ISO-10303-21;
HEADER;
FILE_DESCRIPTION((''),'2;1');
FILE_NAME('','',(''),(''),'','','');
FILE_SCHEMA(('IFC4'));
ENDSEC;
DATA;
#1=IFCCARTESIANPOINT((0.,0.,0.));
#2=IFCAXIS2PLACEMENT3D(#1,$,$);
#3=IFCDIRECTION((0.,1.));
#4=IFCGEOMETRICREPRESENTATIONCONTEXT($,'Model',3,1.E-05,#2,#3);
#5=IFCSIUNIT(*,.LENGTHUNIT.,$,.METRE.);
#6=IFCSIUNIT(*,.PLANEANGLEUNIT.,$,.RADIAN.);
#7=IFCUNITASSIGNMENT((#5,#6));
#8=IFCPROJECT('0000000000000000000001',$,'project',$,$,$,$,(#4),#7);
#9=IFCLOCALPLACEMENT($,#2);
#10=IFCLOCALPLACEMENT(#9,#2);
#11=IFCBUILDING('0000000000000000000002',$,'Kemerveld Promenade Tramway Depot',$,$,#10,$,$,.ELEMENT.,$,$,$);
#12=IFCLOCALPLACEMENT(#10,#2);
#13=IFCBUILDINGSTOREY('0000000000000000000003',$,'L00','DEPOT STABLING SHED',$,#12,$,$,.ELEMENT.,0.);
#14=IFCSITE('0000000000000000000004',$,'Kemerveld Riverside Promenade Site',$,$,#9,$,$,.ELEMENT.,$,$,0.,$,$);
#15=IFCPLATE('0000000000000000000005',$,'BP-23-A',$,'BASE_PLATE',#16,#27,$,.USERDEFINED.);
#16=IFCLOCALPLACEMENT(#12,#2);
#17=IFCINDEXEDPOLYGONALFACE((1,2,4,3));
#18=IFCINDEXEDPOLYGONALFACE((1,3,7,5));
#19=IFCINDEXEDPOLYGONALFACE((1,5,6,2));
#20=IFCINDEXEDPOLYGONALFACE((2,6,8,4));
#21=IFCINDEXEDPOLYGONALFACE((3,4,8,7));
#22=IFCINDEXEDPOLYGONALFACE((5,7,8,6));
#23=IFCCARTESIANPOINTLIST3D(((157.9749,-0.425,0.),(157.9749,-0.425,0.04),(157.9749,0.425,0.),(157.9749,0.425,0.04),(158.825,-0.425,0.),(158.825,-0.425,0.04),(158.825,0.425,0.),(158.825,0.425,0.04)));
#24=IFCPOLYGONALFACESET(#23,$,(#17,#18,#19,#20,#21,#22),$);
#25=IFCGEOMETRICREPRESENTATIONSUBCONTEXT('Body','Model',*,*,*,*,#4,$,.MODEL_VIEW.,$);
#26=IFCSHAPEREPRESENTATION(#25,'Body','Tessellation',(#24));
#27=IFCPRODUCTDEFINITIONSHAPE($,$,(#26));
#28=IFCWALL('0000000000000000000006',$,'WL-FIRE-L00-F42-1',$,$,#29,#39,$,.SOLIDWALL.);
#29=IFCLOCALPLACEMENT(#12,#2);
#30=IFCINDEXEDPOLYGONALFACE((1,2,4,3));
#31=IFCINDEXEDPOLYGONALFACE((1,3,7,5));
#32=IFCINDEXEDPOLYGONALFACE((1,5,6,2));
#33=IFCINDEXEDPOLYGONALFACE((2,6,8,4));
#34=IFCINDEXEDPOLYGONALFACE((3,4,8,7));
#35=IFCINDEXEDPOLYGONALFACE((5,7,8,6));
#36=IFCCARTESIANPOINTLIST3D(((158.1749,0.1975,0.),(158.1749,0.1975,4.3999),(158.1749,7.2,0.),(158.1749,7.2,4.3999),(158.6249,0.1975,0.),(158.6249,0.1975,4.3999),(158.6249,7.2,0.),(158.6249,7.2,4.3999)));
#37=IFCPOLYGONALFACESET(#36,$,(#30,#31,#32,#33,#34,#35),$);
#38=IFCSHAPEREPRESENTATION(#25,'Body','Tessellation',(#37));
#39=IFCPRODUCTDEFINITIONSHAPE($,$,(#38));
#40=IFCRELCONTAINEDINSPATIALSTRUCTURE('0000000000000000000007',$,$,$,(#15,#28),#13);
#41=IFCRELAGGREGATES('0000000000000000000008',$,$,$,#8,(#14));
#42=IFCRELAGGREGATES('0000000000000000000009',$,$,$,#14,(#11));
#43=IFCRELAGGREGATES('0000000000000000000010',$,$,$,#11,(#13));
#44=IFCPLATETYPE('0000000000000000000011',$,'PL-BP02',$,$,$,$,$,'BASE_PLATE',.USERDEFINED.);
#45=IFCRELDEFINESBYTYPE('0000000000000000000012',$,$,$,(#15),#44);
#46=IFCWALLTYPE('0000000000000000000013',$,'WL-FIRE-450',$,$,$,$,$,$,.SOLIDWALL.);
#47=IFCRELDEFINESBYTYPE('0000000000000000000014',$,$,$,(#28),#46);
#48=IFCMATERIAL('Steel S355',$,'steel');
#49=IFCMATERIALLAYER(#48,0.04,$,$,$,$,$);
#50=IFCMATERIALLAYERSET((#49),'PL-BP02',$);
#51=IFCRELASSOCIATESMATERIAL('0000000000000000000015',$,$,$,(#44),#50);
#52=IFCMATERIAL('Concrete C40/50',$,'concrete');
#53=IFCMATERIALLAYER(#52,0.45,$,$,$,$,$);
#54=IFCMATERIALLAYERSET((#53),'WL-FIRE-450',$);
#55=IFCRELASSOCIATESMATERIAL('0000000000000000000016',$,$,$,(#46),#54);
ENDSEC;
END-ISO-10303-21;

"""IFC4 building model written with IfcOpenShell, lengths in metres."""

from ifc_helpers import new_model, si_unit, direction, frame, frame_2d, origin, origin_2d, place, context, subcontext, project, spatial, rectangle, extrude, material, layer, layer_set, type_object, element, save


model = new_model("IFC4")

# Units and contexts
model_context = context("Model", 3, precision=1e-05, world=origin(), true_north=direction((0.0, 1.0)))
body_context = subcontext(model_context, "Body", "Model", "MODEL_VIEW")
ifc_project = project(units=[si_unit("LENGTHUNIT", "METRE"), si_unit("PLANEANGLEUNIT", "RADIAN")], contexts=[model_context])

# Site, building, storey
site_placement = place(None, origin())
site = spatial("IfcSite", under=ifc_project, at=site_placement, Name="Kemerveld Riverside Promenade Site", CompositionType="ELEMENT", RefElevation=0.0)
building_placement = place(site_placement, origin())
building = spatial("IfcBuilding", under=site, at=building_placement, Name="Kemerveld Promenade Tramway Depot", CompositionType="ELEMENT")
storey_placement = place(building_placement, origin())
storey = spatial("IfcBuildingStorey", under=building, at=storey_placement, Name="L00", Description="DEPOT STABLING SHED", CompositionType="ELEMENT", Elevation=0.0)

# Shared definitions
ifc_material_1 = material(Name="Concrete C40/50", Category="concrete")
ifc_material_2 = material(Name="Steel S355", Category="steel")

# Plate
ifc_layer_1 = layer(ifc_material_2, 0.04)
ifc_layer_set_1 = layer_set([ifc_layer_1], Name="PL-BP02")
plate_type_1 = type_object("IfcPlateType", Name="PL-BP02", ElementType="BASE_PLATE", PredefinedType="USERDEFINED", material=ifc_layer_set_1)
plate_1_placement = place(storey_placement, frame((158.3999, 0.0, 0.0), z_axis=(0.0, 0.0, 1.0), x_axis=(1.0, 0.0, 0.0)))
element("IfcPlate", 1, at=plate_1_placement, inside=storey, type_object=plate_type_1, Name="BP-23-A", ObjectType="BASE_PLATE", PredefinedType="USERDEFINED", context=body_context, shape_type="SweptSolid", body=[
    extrude(rectangle(XDim=0.8501, YDim=0.8501, at=origin_2d()), origin(), (0.0, 0.0, 1.0), 0.04),
])

# Wall
ifc_layer_2 = layer(ifc_material_1, 0.45)
ifc_layer_set_2 = layer_set([ifc_layer_2], Name="WL-FIRE-450")
wall_type = type_object("IfcWallType", Name="WL-FIRE-450", PredefinedType="SOLIDWALL", material=ifc_layer_set_2)
wall_placement = place(storey_placement, frame((158.3999, 0.1975, 0.0), z_axis=(0.0, 0.0, 1.0), x_axis=(0.0, 1.0, 0.0)))
element("IfcWall", 2, at=wall_placement, inside=storey, type_object=wall_type, Name="WL-FIRE-L00-F42-1", PredefinedType="SOLIDWALL", context=body_context, shape_type="SweptSolid", body=[
    extrude(rectangle(XDim=7.0024, YDim=0.45, at=frame_2d((3.5012, 0.0))), origin(), (0.0, 0.0, 1.0), 4.3999),
])

save(model, "model.ifc")
